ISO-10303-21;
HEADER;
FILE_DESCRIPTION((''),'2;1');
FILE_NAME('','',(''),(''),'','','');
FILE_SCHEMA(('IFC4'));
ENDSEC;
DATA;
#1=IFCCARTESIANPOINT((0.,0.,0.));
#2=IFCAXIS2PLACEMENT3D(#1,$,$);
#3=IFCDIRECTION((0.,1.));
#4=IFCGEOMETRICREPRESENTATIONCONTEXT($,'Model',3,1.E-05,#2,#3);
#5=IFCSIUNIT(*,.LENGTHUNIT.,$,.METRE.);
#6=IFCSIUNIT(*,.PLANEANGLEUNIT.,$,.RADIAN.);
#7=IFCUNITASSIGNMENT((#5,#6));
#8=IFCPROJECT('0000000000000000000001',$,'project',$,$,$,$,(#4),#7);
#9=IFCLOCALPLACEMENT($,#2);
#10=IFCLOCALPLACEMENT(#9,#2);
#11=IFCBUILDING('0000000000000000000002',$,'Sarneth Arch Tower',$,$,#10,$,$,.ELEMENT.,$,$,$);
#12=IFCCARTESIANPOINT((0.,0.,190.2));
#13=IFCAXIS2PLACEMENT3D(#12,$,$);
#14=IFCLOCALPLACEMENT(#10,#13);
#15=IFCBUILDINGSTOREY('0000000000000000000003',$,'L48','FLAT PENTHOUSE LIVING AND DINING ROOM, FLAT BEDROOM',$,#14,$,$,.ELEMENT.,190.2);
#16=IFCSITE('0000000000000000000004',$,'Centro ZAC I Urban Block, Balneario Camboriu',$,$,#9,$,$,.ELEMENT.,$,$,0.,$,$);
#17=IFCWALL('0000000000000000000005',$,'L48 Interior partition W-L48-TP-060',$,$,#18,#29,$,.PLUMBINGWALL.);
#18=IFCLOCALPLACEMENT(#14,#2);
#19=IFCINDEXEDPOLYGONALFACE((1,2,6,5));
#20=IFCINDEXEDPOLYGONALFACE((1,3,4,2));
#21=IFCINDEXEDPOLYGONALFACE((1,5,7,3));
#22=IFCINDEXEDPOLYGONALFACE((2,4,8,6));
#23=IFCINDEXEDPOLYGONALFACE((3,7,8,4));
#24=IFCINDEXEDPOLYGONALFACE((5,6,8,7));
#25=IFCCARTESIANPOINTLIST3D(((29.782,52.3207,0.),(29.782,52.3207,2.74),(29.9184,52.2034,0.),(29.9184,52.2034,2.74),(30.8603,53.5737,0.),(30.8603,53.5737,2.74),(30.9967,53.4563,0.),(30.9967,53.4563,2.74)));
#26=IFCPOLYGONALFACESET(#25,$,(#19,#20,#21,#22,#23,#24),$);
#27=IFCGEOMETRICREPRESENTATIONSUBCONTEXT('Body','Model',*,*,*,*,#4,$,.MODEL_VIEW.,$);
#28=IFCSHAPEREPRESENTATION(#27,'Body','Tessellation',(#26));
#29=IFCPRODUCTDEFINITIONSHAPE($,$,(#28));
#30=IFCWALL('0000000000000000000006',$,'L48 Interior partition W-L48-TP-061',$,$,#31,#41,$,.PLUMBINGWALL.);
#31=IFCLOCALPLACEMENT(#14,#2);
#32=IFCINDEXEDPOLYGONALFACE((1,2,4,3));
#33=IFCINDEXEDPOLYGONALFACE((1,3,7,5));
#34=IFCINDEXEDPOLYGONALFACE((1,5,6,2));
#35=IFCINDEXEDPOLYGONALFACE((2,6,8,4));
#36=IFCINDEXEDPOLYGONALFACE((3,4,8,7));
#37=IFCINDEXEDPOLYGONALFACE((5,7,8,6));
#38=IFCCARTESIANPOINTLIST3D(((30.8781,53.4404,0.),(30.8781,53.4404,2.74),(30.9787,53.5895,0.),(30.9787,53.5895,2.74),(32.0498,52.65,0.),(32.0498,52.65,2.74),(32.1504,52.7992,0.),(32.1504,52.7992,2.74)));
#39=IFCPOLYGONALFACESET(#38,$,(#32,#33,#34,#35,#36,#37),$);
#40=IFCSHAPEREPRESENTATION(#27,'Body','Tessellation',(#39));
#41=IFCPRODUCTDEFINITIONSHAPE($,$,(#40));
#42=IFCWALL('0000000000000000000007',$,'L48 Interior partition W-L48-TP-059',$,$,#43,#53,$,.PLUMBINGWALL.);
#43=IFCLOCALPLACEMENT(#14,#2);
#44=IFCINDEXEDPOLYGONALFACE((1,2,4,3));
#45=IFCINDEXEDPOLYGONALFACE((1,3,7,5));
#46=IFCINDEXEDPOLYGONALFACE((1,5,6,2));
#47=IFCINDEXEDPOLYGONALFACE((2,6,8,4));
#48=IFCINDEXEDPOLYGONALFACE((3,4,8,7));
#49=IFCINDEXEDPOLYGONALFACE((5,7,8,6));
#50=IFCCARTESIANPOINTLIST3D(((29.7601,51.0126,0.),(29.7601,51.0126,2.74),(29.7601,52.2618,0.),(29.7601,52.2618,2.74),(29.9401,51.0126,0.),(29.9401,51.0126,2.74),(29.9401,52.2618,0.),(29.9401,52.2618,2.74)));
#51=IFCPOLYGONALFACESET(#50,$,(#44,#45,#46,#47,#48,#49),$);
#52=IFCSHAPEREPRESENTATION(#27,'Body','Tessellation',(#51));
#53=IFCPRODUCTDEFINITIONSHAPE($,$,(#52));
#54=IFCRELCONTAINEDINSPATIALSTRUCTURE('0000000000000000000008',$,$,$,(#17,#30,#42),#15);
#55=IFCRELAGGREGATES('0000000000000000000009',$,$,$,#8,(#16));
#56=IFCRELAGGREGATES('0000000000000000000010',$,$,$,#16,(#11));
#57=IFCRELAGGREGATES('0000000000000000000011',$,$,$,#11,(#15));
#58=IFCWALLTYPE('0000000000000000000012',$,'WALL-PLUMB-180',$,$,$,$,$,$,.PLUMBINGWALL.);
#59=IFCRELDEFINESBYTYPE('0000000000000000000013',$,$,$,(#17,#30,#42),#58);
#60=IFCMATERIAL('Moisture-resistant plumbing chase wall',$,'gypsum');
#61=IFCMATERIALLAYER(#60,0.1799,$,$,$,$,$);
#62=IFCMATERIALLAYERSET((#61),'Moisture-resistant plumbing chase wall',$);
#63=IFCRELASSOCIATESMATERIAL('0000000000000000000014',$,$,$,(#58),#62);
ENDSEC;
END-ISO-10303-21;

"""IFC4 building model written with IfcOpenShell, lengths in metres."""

from ifc_helpers import new_model, si_unit, direction, frame, frame_2d, origin, place, context, subcontext, project, spatial, rectangle, extrude, material, layer, layer_set, type_object, element, save


model = new_model("IFC4")

# Units and contexts
model_context = context("Model", 3, precision=1e-05, world=origin(), true_north=direction((0.0, 1.0)))
body_context = subcontext(model_context, "Body", "Model", "MODEL_VIEW")
ifc_project = project(units=[si_unit("LENGTHUNIT", "METRE"), si_unit("PLANEANGLEUNIT", "RADIAN")], contexts=[model_context])

# Site, building, storey
site_placement = place(None, origin())
site = spatial("IfcSite", under=ifc_project, at=site_placement, Name="Centro ZAC I Urban Block, Balneario Camboriu", CompositionType="ELEMENT", RefElevation=0.0)
building_placement = place(site_placement, origin())
building = spatial("IfcBuilding", under=site, at=building_placement, Name="Sarneth Arch Tower", CompositionType="ELEMENT")
storey_placement = place(building_placement, frame((0.0, 0.0, 190.2)))
storey = spatial("IfcBuildingStorey", under=building, at=storey_placement, Name="L48", Description="FLAT PENTHOUSE LIVING AND DINING ROOM, FLAT BEDROOM", CompositionType="ELEMENT", Elevation=190.2)

# Walls
ifc_material_1 = material(Name="Moisture-resistant plumbing chase wall", Category="gypsum")
ifc_layer_1 = layer(ifc_material_1, 0.1799)
ifc_layer_set_1 = layer_set([ifc_layer_1], Name="Moisture-resistant plumbing chase wall")
wall_type_1 = type_object("IfcWallType", Name="WALL-PLUMB-180", PredefinedType="PLUMBINGWALL", material=ifc_layer_set_1)
wall_1_placement = place(storey_placement, frame((29.8501, 52.262, 0.0), z_axis=(0.0, 0.0, 1.0), x_axis=(0.652335, 0.757931, 0.0)))
element("IfcWall", 1, at=wall_1_placement, inside=storey, type_object=wall_type_1, Name="L48 Interior partition W-L48-TP-060", PredefinedType="PLUMBINGWALL", context=body_context, shape_type="SweptSolid", body=[
    extrude(rectangle(XDim=1.6531, YDim=0.1799, at=frame_2d((0.8267, 0.0))), origin(), (0.0, 0.0, 1.0), 2.74),
])
wall_2_placement = place(storey_placement, frame((30.9285, 53.5149, 0.0), z_axis=(0.0, 0.0, 1.0), x_axis=(0.829035, -0.559197, 0.0)))
element("IfcWall", 2, at=wall_2_placement, inside=storey, type_object=wall_type_1, Name="L48 Interior partition W-L48-TP-061", PredefinedType="PLUMBINGWALL", context=body_context, shape_type="SweptSolid", body=[
    extrude(rectangle(XDim=1.4133, YDim=0.1799, at=frame_2d((0.7065, 0.0))), origin(), (0.0, 0.0, 1.0), 2.74),
])
wall_3_placement = place(storey_placement, frame((29.8501, 51.0127, 0.0), z_axis=(0.0, 0.0, 1.0), x_axis=(0.0, 1.0, 0.0)))
element("IfcWall", 3, at=wall_3_placement, inside=storey, type_object=wall_type_1, Name="L48 Interior partition W-L48-TP-059", PredefinedType="PLUMBINGWALL", context=body_context, shape_type="SweptSolid", body=[
    extrude(rectangle(XDim=1.2493, YDim=0.1799, at=frame_2d((0.6245, 0.0))), origin(), (0.0, 0.0, 1.0), 2.74),
])

save(model, "model.ifc")
